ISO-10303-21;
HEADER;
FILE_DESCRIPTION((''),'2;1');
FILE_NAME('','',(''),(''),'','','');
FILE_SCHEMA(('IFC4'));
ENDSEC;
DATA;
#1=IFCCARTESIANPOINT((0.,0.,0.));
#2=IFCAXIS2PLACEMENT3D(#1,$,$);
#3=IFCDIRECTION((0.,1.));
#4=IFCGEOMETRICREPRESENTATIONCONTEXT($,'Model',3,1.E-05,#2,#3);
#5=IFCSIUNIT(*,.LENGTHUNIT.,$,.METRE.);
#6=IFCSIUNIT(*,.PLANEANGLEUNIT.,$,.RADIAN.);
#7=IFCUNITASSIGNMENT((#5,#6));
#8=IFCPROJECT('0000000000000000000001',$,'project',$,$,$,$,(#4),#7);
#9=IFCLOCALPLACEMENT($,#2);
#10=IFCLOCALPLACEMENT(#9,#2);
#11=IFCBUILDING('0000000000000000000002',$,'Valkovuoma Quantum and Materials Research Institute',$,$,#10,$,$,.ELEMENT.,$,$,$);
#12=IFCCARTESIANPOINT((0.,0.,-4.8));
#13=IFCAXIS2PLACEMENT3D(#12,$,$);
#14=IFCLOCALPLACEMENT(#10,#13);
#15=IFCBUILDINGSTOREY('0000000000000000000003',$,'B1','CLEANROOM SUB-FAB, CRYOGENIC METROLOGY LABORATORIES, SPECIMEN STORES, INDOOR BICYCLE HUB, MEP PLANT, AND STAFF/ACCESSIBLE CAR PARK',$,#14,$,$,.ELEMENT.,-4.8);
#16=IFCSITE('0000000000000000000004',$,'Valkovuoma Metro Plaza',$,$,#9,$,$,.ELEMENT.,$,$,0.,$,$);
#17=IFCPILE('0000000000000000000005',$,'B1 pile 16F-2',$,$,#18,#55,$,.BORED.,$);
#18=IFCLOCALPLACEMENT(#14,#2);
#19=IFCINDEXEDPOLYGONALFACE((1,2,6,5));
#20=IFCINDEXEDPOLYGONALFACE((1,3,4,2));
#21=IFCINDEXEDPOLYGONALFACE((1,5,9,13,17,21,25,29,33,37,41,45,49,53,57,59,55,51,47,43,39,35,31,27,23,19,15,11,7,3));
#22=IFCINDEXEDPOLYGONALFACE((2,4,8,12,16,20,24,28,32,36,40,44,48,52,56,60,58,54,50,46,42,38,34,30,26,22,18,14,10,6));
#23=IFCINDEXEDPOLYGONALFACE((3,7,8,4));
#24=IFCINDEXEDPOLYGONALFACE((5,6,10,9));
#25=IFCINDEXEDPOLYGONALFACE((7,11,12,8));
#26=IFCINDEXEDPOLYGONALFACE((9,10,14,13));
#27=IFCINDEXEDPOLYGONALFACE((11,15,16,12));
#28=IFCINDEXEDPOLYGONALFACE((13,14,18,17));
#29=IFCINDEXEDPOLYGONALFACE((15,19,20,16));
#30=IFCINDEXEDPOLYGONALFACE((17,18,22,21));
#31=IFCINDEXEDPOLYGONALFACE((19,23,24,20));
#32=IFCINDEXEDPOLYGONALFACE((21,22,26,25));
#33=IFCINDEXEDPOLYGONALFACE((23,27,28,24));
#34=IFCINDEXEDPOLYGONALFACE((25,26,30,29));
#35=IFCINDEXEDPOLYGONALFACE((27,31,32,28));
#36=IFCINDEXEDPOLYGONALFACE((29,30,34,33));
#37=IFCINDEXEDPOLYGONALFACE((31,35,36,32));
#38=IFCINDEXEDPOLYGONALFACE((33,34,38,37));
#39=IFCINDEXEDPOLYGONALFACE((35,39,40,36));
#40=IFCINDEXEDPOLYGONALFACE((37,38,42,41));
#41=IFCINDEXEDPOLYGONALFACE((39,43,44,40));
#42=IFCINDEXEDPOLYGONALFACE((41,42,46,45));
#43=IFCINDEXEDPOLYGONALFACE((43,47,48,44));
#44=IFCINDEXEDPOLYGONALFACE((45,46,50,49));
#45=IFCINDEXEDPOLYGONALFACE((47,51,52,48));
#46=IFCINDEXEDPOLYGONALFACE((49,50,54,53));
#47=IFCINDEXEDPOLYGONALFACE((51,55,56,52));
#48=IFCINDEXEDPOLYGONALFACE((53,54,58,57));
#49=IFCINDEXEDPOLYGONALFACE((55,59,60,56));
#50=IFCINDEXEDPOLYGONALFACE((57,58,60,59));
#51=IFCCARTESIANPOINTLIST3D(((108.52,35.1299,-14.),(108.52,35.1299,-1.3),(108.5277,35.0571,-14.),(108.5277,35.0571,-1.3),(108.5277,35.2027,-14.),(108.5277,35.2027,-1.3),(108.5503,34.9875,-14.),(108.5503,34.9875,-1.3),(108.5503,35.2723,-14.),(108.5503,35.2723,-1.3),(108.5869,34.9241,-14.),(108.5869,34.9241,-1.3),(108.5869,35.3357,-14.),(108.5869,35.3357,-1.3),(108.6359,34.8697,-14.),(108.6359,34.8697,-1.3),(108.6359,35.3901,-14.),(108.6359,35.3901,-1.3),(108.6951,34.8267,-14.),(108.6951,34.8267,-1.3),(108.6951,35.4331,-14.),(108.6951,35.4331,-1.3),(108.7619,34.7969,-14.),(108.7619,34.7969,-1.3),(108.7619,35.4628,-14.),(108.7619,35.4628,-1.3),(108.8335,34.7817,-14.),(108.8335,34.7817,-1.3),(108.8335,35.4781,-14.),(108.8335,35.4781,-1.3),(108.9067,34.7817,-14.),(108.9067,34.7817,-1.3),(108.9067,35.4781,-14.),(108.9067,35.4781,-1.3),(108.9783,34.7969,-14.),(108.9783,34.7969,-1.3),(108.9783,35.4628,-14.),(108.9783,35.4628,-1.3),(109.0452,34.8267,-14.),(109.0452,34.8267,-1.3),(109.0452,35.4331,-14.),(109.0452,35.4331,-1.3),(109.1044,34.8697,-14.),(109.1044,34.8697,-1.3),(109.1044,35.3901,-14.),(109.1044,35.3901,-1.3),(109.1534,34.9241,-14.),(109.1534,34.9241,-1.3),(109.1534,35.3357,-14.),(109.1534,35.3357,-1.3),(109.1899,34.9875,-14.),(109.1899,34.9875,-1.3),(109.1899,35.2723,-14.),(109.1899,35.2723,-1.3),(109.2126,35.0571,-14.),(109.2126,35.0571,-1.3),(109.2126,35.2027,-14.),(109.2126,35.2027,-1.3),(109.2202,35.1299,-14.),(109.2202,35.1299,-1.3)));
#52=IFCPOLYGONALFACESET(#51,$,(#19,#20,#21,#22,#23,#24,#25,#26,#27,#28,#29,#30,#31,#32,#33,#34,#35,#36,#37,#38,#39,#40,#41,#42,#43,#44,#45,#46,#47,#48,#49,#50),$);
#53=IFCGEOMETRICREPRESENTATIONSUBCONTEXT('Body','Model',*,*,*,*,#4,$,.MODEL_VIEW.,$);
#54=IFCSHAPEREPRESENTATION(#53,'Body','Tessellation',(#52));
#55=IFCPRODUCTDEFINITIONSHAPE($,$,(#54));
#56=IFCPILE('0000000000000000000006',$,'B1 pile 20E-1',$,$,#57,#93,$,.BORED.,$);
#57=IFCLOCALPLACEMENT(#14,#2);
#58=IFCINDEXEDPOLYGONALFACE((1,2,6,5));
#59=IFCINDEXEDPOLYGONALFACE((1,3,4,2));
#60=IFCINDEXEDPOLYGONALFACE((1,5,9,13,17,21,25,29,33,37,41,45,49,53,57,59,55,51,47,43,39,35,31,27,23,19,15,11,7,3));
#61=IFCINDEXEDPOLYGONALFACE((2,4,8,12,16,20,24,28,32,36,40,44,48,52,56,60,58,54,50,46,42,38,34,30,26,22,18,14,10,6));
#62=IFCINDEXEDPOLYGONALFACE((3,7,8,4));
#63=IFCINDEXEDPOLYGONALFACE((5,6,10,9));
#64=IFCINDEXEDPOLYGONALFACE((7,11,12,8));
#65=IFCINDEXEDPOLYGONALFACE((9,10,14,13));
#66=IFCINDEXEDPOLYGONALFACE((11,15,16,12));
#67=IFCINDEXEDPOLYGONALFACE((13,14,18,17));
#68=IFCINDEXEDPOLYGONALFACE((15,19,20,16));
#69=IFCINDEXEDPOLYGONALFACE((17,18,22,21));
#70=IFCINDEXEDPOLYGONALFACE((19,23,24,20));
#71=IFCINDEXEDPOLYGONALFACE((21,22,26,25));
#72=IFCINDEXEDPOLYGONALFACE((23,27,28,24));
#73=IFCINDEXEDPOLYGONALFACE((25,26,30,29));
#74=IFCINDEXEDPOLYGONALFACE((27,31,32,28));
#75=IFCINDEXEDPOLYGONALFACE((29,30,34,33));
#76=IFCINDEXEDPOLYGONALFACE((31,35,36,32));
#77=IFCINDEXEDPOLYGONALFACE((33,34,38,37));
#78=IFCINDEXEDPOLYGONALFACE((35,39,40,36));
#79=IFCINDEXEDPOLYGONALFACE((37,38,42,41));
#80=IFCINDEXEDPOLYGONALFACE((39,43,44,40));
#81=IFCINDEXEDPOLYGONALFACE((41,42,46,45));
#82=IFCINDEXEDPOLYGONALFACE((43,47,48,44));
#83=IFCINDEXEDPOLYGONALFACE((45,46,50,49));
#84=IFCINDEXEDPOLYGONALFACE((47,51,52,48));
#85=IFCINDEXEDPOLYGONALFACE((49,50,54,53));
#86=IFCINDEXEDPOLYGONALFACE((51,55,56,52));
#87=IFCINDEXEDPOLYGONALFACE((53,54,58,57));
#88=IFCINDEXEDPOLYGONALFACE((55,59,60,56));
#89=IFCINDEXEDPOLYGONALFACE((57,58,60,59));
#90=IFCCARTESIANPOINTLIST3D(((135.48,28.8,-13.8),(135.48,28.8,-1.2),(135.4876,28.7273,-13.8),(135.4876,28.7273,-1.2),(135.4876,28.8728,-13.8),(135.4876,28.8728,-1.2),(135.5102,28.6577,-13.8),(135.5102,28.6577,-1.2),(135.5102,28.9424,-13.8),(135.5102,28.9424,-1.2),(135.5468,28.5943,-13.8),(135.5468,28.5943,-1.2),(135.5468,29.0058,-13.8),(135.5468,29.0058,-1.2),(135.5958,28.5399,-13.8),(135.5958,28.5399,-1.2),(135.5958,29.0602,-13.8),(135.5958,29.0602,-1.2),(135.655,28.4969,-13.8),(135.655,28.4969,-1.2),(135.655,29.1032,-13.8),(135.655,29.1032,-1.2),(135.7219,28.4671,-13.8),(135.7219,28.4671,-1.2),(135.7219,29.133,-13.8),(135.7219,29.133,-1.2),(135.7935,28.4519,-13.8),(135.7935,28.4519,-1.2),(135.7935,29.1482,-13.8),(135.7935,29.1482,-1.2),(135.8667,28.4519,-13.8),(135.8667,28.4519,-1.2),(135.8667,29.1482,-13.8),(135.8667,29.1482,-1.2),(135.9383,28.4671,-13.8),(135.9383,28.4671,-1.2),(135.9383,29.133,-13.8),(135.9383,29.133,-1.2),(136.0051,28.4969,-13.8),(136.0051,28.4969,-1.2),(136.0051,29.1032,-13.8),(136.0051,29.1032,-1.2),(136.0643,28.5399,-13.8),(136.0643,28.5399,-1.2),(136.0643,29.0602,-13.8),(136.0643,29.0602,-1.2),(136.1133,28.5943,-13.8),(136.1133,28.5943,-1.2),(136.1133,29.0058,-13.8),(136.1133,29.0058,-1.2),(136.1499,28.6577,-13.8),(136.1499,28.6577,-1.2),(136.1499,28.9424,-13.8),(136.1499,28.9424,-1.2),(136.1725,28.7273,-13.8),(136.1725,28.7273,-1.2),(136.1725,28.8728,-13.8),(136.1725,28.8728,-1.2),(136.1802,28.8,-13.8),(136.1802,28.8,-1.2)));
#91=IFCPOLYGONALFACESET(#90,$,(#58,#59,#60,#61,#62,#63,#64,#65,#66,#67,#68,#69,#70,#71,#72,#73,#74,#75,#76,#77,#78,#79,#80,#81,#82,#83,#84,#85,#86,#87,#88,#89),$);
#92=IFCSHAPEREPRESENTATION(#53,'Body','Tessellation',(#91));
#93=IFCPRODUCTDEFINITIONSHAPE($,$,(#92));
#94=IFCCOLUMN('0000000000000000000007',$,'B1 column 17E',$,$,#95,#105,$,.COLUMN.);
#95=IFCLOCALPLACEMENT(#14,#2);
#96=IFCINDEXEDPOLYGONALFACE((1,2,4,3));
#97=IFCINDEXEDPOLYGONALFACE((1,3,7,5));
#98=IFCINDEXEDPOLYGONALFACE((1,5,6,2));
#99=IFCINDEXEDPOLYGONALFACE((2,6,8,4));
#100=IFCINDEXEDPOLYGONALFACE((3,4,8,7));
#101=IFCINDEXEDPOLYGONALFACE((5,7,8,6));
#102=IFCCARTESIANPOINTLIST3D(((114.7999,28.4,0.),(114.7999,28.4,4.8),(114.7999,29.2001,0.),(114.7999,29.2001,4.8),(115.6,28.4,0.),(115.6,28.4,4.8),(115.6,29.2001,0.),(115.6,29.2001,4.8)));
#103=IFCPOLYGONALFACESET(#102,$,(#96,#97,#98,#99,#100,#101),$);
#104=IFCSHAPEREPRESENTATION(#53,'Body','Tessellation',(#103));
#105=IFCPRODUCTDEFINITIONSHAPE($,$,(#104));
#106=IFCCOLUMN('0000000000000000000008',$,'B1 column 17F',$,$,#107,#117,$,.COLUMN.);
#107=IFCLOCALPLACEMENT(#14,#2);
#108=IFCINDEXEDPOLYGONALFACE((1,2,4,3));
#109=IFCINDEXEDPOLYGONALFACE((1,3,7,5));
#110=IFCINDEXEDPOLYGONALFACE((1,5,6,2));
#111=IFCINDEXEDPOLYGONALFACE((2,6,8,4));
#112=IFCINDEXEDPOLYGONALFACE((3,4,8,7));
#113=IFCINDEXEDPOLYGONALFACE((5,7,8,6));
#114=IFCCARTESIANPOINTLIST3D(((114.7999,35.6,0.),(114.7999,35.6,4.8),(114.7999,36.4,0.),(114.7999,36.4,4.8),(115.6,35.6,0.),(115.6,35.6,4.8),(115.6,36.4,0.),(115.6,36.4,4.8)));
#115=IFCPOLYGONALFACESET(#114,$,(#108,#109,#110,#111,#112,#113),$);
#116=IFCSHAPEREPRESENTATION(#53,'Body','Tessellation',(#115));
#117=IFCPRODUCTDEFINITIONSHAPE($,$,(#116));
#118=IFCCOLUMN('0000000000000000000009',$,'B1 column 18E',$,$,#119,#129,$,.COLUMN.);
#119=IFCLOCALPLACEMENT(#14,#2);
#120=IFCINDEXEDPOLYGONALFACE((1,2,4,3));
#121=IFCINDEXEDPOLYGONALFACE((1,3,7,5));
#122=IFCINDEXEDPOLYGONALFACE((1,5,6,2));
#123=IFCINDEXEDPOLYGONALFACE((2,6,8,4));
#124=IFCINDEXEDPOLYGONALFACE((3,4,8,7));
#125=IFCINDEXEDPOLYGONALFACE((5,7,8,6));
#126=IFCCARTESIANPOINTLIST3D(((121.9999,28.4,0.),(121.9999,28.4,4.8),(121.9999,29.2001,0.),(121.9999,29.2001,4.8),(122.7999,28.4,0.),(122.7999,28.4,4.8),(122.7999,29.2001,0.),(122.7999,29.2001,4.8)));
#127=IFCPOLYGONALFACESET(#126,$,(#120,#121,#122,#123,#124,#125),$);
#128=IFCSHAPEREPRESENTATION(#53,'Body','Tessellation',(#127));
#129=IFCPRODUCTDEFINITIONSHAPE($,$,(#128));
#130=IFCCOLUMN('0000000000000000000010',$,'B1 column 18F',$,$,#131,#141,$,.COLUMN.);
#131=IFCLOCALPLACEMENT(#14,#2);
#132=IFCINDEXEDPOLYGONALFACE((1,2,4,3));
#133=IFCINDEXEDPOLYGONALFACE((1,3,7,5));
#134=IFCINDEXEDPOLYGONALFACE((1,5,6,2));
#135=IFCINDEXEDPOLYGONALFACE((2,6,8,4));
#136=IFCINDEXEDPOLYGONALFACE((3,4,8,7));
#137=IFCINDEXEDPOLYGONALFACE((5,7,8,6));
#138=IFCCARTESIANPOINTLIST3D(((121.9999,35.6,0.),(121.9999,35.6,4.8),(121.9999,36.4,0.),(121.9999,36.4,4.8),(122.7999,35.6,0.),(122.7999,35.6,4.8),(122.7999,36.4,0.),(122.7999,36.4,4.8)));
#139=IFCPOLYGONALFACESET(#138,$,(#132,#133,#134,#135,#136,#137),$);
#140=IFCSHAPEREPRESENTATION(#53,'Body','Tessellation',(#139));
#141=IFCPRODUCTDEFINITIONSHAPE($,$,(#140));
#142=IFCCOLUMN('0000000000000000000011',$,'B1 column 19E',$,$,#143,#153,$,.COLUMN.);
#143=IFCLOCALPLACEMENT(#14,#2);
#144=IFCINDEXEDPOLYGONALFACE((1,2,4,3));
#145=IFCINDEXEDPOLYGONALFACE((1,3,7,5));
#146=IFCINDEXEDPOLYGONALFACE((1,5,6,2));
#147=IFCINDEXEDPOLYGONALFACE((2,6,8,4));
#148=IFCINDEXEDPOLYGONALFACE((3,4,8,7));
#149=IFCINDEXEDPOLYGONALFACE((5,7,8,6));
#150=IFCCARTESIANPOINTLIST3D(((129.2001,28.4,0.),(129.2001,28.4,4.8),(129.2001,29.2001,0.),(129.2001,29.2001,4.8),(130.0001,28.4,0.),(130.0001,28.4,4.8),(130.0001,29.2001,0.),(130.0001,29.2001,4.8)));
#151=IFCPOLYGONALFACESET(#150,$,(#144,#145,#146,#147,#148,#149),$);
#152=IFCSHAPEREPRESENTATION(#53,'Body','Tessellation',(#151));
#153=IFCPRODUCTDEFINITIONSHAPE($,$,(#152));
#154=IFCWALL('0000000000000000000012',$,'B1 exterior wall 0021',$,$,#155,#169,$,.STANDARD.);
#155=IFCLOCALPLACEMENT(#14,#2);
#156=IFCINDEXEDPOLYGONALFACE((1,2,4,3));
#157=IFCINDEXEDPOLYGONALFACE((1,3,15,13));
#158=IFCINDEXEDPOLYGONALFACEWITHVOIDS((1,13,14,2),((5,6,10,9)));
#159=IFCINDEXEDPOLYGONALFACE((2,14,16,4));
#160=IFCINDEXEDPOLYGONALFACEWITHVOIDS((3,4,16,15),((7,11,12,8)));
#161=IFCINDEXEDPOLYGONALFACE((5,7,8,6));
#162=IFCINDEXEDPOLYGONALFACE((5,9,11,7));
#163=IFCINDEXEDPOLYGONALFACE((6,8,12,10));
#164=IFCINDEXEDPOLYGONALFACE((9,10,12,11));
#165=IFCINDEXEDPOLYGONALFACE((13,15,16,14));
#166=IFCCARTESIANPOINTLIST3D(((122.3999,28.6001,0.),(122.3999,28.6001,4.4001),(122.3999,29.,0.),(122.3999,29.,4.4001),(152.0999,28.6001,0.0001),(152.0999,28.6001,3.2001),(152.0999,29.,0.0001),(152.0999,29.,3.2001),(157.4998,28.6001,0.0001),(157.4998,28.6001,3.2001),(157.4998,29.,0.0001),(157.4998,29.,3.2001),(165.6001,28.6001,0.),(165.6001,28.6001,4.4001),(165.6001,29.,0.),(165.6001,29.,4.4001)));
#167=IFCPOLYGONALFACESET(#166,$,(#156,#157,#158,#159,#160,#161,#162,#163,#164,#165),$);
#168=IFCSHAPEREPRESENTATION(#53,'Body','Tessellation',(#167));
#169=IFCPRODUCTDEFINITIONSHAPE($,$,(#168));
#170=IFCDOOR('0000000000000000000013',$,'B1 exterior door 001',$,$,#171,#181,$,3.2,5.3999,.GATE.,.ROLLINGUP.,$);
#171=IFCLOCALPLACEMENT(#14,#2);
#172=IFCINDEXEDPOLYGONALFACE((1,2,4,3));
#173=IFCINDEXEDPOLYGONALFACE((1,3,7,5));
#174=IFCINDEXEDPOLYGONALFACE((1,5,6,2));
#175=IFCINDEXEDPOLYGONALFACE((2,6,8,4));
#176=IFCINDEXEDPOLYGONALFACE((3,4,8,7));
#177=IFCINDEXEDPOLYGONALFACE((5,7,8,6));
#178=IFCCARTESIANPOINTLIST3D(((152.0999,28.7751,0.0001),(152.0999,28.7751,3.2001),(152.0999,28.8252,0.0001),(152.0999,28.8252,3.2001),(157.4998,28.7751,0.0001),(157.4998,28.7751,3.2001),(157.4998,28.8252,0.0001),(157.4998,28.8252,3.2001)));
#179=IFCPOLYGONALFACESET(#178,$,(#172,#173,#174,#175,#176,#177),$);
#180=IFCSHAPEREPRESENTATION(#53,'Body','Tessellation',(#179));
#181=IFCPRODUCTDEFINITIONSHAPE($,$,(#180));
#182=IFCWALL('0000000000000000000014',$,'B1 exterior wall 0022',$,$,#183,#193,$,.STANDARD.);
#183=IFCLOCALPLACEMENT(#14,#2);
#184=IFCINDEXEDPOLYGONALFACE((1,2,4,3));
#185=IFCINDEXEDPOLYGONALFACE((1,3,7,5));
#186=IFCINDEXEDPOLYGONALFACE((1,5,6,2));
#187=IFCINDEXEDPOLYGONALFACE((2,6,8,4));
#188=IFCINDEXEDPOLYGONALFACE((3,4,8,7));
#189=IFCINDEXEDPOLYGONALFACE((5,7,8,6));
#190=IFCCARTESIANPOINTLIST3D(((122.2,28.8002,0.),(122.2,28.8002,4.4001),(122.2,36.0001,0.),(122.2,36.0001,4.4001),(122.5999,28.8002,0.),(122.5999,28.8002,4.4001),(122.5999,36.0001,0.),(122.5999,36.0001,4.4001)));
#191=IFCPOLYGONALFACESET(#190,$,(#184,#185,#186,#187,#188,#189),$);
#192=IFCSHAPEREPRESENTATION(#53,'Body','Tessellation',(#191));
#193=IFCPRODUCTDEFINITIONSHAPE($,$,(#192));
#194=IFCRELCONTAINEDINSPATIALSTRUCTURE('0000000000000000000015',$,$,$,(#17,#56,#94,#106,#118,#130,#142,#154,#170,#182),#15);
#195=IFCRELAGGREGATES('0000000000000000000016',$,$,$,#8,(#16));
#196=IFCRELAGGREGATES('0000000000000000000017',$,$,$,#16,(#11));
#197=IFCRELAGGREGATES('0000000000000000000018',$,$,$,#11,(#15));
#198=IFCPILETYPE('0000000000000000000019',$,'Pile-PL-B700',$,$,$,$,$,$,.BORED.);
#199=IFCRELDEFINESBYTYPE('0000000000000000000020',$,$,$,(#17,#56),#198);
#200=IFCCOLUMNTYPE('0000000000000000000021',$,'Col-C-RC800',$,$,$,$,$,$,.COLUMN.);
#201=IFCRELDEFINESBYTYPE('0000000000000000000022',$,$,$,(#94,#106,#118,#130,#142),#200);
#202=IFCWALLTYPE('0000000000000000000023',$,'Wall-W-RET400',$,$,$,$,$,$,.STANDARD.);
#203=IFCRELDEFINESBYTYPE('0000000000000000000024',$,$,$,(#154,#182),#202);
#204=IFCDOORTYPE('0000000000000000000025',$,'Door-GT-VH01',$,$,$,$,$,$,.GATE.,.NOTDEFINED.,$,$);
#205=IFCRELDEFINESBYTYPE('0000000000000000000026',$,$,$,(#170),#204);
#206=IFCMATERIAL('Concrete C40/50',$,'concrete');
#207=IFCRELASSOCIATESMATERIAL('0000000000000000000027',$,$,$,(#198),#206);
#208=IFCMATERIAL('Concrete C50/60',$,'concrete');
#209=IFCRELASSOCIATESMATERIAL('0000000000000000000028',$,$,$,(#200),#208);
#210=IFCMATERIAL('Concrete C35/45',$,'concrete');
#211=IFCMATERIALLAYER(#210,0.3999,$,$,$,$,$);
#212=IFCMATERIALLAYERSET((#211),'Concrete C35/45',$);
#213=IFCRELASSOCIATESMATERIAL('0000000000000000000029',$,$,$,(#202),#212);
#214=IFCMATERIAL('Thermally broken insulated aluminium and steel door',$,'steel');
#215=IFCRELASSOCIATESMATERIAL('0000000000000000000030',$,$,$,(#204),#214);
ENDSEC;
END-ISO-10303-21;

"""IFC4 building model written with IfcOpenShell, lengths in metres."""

from ifc_helpers import new_model, si_unit, direction, frame, frame_2d, origin, origin_2d, place, context, subcontext, project, spatial, rectangle, circle, extrude, material, layer, layer_set, material_profile, profile_set, type_object, element, fill, save


model = new_model("IFC4")

# Units and contexts
model_context = context("Model", 3, precision=1e-05, world=origin(), true_north=direction((0.0, 1.0)))
body_context = subcontext(model_context, "Body", "Model", "MODEL_VIEW")
ifc_project = project(units=[si_unit("LENGTHUNIT", "METRE"), si_unit("PLANEANGLEUNIT", "RADIAN")], contexts=[model_context])

# Site, building, storey
site_placement = place(None, origin())
site = spatial("IfcSite", under=ifc_project, at=site_placement, Name="Valkovuoma Metro Plaza", CompositionType="ELEMENT", RefElevation=0.0)
building_placement = place(site_placement, origin())
building = spatial("IfcBuilding", under=site, at=building_placement, Name="Valkovuoma Quantum and Materials Research Institute", CompositionType="ELEMENT")
storey_placement = place(building_placement, frame((0.0, 0.0, -4.8)))
storey = spatial("IfcBuildingStorey", under=building, at=storey_placement, Name="B1", Description="CLEANROOM SUB-FAB, CRYOGENIC METROLOGY LABORATORIES, SPECIMEN STORES, INDOOR BICYCLE HUB, MEP PLANT, AND STAFF/ACCESSIBLE CAR PARK", CompositionType="ELEMENT", Elevation=-4.8)

# Piles
ifc_material_1 = material(Name="Concrete C40/50", Category="concrete")
ifc_material_profile_1 = material_profile(ifc_material_1, circle(Radius=0.3501, at=origin_2d()), Name="Concrete C40/50")
ifc_profile_set_1 = profile_set([ifc_material_profile_1], Name="Concrete C40/50")
pile_type_1 = type_object("IfcPileType", Name="Pile-PL-B700", PredefinedType="BORED", material=ifc_profile_set_1)
pile_1_placement = place(storey_placement, frame((108.8701, 35.1299, -1.3), z_axis=(0.0, 0.0, -1.0), x_axis=(1.0, 0.0, 0.0)))
element("IfcPile", 1, at=pile_1_placement, inside=storey, type_object=pile_type_1, Name="B1 pile 16F-2", PredefinedType="BORED", context=body_context, shape_type="SweptSolid", body=[
    extrude(circle(Radius=0.3501, at=origin_2d()), origin(), (0.0, 0.0, 1.0), 12.7),
])
pile_2_placement = place(storey_placement, frame((135.8301, 28.8, -1.2), z_axis=(0.0, 0.0, -1.0), x_axis=(1.0, 0.0, 0.0)))
element("IfcPile", 2, at=pile_2_placement, inside=storey, type_object=pile_type_1, Name="B1 pile 20E-1", PredefinedType="BORED", context=body_context, shape_type="SweptSolid", body=[
    extrude(circle(Radius=0.3501, at=origin_2d()), origin(), (0.0, 0.0, 1.0), 12.6001),
])

# Columns
ifc_material_2 = material(Name="Concrete C50/60", Category="concrete")
ifc_material_profile_2 = material_profile(ifc_material_2, rectangle(XDim=0.8, YDim=0.8, at=origin_2d()), Name="Concrete C50/60")
ifc_profile_set_2 = profile_set([ifc_material_profile_2], Name="Concrete C50/60")
column_type = type_object("IfcColumnType", Name="Col-C-RC800", PredefinedType="COLUMN", material=ifc_profile_set_2)
for number, where, z_axis, x_axis, name in (
    (3, (115.2, 28.8, 0.0), (0.0, 0.0, 1.0), (1.0, 0.0, 0.0), "B1 column 17E"),
    (4, (115.2, 36.0, 0.0), (0.0, 0.0, 1.0), (1.0, 0.0, 0.0), "B1 column 17F"),
    (5, (122.3999, 28.8, 0.0), (0.0, 0.0, 1.0), (1.0, 0.0, 0.0), "B1 column 18E"),
    (6, (122.3999, 36.0, 0.0), (0.0, 0.0, 1.0), (1.0, 0.0, 0.0), "B1 column 18F"),
    (7, (129.6001, 28.8, 0.0), (0.0, 0.0, 1.0), (1.0, 0.0, 0.0), "B1 column 19E"),
):
    element("IfcColumn", number, at=place(storey_placement, frame(where, z_axis=z_axis, x_axis=x_axis)), inside=storey, type_object=column_type, Name=name, PredefinedType="COLUMN", context=body_context, shape_type="SweptSolid", body=[
        extrude(rectangle(XDim=0.8, YDim=0.8, at=origin_2d()), origin(), (0.0, 0.0, 1.0), 4.8),
    ])

# Wall, opening, door
ifc_material_3 = material(Name="Concrete C35/45", Category="concrete")
ifc_layer = layer(ifc_material_3, 0.3999)
ifc_layer_set = layer_set([ifc_layer], Name="Concrete C35/45")
wall_type = type_object("IfcWallType", Name="Wall-W-RET400", PredefinedType="STANDARD", material=ifc_layer_set)
wall_1_placement = place(storey_placement, frame((122.3999, 28.8, 0.0), z_axis=(0.0, 0.0, 1.0), x_axis=(1.0, 0.0, 0.0)))
wall_1 = element("IfcWall", 8, at=wall_1_placement, inside=storey, type_object=wall_type, Name="B1 exterior wall 0021", PredefinedType="STANDARD", context=body_context, shape_type="SweptSolid", body=[
    extrude(rectangle(XDim=43.2002, YDim=0.3999, at=frame_2d((21.6001, 0.0))), origin(), (0.0, 0.0, 1.0), 4.4001),
])
opening_placement = place(wall_1_placement, frame((29.7, 0.0, 0.0)))
opening = element("IfcOpeningElement", 9, at=opening_placement, cuts=wall_1, PredefinedType="OPENING", context=body_context, shape_type="SweptSolid", body=[
    extrude(rectangle(XDim=5.3999, YDim=3.2, at=frame_2d((2.7, 1.6001))), frame((0.0, 0.21, 0.0), z_axis=(0.0, -1.0, 0.0), x_axis=(1.0, 0.0, 0.0)), (0.0, 0.0, 1.0), 0.4199),
])
ifc_material_4 = material(Name="Thermally broken insulated aluminium and steel door", Category="steel")
door_type = type_object("IfcDoorType", Name="Door-GT-VH01", OperationType="NOTDEFINED", PredefinedType="GATE", material=ifc_material_4)
door_placement = place(opening_placement, frame((5.3999, 0.0, 0.0), z_axis=(0.0, 0.0, 1.0), x_axis=(-1.0, 0.0, 0.0)))
door = element("IfcDoor", 10, at=door_placement, inside=storey, type_object=door_type, Name="B1 exterior door 001", OperationType="ROLLINGUP", OverallHeight=3.2, OverallWidth=5.3999, PredefinedType="GATE", context=body_context, shape_type="SweptSolid", body=[
    extrude(rectangle(XDim=5.3999, YDim=3.2, at=frame_2d((2.7, 1.6001))), frame((0.0, 0.0249, 0.0), z_axis=(0.0, -1.0, 0.0), x_axis=(1.0, 0.0, 0.0)), (0.0, 0.0, 1.0), 0.05),
])
fill(opening, door)

# Wall
wall_2_placement = place(storey_placement, frame((122.3999, 28.8, 0.0), z_axis=(0.0, 0.0, 1.0), x_axis=(0.0, 1.0, 0.0)))
element("IfcWall", 11, at=wall_2_placement, inside=storey, type_object=wall_type, Name="B1 exterior wall 0022", PredefinedType="STANDARD", context=body_context, shape_type="SweptSolid", body=[
    extrude(rectangle(XDim=7.2, YDim=0.3999, at=frame_2d((3.6001, 0.0))), origin(), (0.0, 0.0, 1.0), 4.4001),
])

save(model, "model.ifc")
